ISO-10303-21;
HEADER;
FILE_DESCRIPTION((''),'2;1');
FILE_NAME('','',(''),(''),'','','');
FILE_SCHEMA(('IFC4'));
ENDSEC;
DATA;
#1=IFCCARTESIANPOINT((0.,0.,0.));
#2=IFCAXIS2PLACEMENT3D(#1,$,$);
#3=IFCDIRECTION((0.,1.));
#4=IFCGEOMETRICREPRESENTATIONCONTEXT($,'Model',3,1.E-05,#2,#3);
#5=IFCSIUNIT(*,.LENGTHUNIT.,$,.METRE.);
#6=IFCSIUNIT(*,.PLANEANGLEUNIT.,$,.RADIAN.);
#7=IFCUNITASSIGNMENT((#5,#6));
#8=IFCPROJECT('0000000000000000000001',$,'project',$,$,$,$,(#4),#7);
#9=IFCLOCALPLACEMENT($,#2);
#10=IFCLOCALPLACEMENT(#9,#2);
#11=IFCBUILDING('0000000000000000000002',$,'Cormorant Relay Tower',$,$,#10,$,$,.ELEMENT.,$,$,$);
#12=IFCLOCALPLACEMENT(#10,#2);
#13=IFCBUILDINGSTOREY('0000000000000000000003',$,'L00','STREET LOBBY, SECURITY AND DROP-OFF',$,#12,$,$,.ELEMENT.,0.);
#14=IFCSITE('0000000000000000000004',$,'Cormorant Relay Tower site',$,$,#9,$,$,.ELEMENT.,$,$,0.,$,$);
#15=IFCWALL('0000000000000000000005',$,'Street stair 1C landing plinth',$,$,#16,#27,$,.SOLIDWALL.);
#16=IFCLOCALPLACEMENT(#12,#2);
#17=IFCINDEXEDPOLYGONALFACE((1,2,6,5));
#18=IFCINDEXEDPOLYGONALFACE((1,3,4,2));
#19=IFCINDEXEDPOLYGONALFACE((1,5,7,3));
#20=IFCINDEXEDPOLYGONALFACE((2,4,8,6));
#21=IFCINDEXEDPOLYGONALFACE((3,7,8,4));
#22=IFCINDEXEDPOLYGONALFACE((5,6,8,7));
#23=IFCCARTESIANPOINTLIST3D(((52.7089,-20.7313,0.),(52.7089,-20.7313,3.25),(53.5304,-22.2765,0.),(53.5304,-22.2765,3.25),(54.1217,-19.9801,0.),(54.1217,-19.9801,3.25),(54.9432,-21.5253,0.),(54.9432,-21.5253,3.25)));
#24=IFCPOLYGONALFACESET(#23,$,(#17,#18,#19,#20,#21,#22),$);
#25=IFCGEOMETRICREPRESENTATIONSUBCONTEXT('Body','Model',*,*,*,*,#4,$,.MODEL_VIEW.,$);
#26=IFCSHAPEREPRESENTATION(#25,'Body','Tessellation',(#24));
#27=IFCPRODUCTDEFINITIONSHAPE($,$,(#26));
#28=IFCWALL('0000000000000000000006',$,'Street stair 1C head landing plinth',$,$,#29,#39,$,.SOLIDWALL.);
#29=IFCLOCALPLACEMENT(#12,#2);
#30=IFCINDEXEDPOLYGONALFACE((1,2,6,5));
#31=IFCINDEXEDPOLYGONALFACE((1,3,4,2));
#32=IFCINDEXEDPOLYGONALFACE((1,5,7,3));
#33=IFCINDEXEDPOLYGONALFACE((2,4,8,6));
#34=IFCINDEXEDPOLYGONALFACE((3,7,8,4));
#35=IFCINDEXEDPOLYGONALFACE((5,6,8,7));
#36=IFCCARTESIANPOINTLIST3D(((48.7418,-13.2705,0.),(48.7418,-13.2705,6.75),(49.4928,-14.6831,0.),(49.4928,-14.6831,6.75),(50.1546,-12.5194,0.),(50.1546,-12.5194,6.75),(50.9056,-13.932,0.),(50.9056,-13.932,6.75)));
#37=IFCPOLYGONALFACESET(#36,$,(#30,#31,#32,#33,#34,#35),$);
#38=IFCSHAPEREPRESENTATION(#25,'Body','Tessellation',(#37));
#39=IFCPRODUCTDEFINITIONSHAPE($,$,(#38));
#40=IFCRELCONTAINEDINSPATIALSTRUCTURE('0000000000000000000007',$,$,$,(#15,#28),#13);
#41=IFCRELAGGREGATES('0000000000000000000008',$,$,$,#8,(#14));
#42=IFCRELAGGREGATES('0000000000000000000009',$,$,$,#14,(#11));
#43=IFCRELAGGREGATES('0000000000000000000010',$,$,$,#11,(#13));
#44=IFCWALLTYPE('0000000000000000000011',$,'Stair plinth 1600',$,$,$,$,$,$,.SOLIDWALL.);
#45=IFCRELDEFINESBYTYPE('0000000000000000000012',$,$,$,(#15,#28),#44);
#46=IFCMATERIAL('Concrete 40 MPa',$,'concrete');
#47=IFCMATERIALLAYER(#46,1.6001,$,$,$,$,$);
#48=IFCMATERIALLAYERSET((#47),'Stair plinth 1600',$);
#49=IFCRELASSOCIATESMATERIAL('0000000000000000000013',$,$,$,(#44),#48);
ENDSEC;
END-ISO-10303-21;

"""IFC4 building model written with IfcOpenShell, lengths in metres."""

from ifc_helpers import new_model, si_unit, direction, frame, frame_2d, origin, place, context, subcontext, project, spatial, rectangle, extrude, material, layer, layer_set, type_object, element, save


model = new_model("IFC4")

# Units and contexts
model_context = context("Model", 3, precision=1e-05, world=origin(), true_north=direction((0.0, 1.0)))
body_context = subcontext(model_context, "Body", "Model", "MODEL_VIEW")
ifc_project = project(units=[si_unit("LENGTHUNIT", "METRE"), si_unit("PLANEANGLEUNIT", "RADIAN")], contexts=[model_context])

# Site, building, storey
site_placement = place(None, origin())
site = spatial("IfcSite", under=ifc_project, at=site_placement, Name="Cormorant Relay Tower site", CompositionType="ELEMENT", RefElevation=0.0)
building_placement = place(site_placement, origin())
building = spatial("IfcBuilding", under=site, at=building_placement, Name="Cormorant Relay Tower", CompositionType="ELEMENT")
storey_placement = place(building_placement, origin())
storey = spatial("IfcBuildingStorey", under=building, at=storey_placement, Name="L00", Description="STREET LOBBY, SECURITY AND DROP-OFF", CompositionType="ELEMENT", Elevation=0.0)

# Walls
ifc_material_1 = material(Name="Concrete 40 MPa", Category="concrete")
ifc_layer_1 = layer(ifc_material_1, 1.6001)
ifc_layer_set_1 = layer_set([ifc_layer_1], Name="Stair plinth 1600")
wall_type_1 = type_object("IfcWallType", Name="Stair plinth 1600", PredefinedType="SOLIDWALL", material=ifc_layer_set_1)
for number, where, z_axis, x_axis, name in (
    (1, (53.4153, -20.3557, 0.0), (0.0, 0.0, 1.0), (0.469451, -0.882959, 0.0), "Street stair 1C landing plinth"),
):
    element("IfcWall", number, at=place(storey_placement, frame(where, z_axis=z_axis, x_axis=x_axis)), inside=storey, type_object=wall_type_1, Name=name, PredefinedType="SOLIDWALL", context=body_context, shape_type="SweptSolid", body=[
        extrude(rectangle(XDim=1.75, YDim=1.6001, at=frame_2d((0.875, 0.0))), origin(), (0.0, 0.0, 1.0), 3.25),
    ])
wall_1_placement = place(storey_placement, frame((49.4482, -12.895, 0.0), z_axis=(0.0, 0.0, 1.0), x_axis=(0.469416, -0.882977, 0.0)))
element("IfcWall", 2, at=wall_1_placement, inside=storey, type_object=wall_type_1, Name="Street stair 1C head landing plinth", PredefinedType="SOLIDWALL", context=body_context, shape_type="SweptSolid", body=[
    extrude(rectangle(XDim=1.5999, YDim=1.6001, at=frame_2d((0.7998, 0.0))), origin(), (0.0, 0.0, 1.0), 6.75),
])

save(model, "model.ifc")
